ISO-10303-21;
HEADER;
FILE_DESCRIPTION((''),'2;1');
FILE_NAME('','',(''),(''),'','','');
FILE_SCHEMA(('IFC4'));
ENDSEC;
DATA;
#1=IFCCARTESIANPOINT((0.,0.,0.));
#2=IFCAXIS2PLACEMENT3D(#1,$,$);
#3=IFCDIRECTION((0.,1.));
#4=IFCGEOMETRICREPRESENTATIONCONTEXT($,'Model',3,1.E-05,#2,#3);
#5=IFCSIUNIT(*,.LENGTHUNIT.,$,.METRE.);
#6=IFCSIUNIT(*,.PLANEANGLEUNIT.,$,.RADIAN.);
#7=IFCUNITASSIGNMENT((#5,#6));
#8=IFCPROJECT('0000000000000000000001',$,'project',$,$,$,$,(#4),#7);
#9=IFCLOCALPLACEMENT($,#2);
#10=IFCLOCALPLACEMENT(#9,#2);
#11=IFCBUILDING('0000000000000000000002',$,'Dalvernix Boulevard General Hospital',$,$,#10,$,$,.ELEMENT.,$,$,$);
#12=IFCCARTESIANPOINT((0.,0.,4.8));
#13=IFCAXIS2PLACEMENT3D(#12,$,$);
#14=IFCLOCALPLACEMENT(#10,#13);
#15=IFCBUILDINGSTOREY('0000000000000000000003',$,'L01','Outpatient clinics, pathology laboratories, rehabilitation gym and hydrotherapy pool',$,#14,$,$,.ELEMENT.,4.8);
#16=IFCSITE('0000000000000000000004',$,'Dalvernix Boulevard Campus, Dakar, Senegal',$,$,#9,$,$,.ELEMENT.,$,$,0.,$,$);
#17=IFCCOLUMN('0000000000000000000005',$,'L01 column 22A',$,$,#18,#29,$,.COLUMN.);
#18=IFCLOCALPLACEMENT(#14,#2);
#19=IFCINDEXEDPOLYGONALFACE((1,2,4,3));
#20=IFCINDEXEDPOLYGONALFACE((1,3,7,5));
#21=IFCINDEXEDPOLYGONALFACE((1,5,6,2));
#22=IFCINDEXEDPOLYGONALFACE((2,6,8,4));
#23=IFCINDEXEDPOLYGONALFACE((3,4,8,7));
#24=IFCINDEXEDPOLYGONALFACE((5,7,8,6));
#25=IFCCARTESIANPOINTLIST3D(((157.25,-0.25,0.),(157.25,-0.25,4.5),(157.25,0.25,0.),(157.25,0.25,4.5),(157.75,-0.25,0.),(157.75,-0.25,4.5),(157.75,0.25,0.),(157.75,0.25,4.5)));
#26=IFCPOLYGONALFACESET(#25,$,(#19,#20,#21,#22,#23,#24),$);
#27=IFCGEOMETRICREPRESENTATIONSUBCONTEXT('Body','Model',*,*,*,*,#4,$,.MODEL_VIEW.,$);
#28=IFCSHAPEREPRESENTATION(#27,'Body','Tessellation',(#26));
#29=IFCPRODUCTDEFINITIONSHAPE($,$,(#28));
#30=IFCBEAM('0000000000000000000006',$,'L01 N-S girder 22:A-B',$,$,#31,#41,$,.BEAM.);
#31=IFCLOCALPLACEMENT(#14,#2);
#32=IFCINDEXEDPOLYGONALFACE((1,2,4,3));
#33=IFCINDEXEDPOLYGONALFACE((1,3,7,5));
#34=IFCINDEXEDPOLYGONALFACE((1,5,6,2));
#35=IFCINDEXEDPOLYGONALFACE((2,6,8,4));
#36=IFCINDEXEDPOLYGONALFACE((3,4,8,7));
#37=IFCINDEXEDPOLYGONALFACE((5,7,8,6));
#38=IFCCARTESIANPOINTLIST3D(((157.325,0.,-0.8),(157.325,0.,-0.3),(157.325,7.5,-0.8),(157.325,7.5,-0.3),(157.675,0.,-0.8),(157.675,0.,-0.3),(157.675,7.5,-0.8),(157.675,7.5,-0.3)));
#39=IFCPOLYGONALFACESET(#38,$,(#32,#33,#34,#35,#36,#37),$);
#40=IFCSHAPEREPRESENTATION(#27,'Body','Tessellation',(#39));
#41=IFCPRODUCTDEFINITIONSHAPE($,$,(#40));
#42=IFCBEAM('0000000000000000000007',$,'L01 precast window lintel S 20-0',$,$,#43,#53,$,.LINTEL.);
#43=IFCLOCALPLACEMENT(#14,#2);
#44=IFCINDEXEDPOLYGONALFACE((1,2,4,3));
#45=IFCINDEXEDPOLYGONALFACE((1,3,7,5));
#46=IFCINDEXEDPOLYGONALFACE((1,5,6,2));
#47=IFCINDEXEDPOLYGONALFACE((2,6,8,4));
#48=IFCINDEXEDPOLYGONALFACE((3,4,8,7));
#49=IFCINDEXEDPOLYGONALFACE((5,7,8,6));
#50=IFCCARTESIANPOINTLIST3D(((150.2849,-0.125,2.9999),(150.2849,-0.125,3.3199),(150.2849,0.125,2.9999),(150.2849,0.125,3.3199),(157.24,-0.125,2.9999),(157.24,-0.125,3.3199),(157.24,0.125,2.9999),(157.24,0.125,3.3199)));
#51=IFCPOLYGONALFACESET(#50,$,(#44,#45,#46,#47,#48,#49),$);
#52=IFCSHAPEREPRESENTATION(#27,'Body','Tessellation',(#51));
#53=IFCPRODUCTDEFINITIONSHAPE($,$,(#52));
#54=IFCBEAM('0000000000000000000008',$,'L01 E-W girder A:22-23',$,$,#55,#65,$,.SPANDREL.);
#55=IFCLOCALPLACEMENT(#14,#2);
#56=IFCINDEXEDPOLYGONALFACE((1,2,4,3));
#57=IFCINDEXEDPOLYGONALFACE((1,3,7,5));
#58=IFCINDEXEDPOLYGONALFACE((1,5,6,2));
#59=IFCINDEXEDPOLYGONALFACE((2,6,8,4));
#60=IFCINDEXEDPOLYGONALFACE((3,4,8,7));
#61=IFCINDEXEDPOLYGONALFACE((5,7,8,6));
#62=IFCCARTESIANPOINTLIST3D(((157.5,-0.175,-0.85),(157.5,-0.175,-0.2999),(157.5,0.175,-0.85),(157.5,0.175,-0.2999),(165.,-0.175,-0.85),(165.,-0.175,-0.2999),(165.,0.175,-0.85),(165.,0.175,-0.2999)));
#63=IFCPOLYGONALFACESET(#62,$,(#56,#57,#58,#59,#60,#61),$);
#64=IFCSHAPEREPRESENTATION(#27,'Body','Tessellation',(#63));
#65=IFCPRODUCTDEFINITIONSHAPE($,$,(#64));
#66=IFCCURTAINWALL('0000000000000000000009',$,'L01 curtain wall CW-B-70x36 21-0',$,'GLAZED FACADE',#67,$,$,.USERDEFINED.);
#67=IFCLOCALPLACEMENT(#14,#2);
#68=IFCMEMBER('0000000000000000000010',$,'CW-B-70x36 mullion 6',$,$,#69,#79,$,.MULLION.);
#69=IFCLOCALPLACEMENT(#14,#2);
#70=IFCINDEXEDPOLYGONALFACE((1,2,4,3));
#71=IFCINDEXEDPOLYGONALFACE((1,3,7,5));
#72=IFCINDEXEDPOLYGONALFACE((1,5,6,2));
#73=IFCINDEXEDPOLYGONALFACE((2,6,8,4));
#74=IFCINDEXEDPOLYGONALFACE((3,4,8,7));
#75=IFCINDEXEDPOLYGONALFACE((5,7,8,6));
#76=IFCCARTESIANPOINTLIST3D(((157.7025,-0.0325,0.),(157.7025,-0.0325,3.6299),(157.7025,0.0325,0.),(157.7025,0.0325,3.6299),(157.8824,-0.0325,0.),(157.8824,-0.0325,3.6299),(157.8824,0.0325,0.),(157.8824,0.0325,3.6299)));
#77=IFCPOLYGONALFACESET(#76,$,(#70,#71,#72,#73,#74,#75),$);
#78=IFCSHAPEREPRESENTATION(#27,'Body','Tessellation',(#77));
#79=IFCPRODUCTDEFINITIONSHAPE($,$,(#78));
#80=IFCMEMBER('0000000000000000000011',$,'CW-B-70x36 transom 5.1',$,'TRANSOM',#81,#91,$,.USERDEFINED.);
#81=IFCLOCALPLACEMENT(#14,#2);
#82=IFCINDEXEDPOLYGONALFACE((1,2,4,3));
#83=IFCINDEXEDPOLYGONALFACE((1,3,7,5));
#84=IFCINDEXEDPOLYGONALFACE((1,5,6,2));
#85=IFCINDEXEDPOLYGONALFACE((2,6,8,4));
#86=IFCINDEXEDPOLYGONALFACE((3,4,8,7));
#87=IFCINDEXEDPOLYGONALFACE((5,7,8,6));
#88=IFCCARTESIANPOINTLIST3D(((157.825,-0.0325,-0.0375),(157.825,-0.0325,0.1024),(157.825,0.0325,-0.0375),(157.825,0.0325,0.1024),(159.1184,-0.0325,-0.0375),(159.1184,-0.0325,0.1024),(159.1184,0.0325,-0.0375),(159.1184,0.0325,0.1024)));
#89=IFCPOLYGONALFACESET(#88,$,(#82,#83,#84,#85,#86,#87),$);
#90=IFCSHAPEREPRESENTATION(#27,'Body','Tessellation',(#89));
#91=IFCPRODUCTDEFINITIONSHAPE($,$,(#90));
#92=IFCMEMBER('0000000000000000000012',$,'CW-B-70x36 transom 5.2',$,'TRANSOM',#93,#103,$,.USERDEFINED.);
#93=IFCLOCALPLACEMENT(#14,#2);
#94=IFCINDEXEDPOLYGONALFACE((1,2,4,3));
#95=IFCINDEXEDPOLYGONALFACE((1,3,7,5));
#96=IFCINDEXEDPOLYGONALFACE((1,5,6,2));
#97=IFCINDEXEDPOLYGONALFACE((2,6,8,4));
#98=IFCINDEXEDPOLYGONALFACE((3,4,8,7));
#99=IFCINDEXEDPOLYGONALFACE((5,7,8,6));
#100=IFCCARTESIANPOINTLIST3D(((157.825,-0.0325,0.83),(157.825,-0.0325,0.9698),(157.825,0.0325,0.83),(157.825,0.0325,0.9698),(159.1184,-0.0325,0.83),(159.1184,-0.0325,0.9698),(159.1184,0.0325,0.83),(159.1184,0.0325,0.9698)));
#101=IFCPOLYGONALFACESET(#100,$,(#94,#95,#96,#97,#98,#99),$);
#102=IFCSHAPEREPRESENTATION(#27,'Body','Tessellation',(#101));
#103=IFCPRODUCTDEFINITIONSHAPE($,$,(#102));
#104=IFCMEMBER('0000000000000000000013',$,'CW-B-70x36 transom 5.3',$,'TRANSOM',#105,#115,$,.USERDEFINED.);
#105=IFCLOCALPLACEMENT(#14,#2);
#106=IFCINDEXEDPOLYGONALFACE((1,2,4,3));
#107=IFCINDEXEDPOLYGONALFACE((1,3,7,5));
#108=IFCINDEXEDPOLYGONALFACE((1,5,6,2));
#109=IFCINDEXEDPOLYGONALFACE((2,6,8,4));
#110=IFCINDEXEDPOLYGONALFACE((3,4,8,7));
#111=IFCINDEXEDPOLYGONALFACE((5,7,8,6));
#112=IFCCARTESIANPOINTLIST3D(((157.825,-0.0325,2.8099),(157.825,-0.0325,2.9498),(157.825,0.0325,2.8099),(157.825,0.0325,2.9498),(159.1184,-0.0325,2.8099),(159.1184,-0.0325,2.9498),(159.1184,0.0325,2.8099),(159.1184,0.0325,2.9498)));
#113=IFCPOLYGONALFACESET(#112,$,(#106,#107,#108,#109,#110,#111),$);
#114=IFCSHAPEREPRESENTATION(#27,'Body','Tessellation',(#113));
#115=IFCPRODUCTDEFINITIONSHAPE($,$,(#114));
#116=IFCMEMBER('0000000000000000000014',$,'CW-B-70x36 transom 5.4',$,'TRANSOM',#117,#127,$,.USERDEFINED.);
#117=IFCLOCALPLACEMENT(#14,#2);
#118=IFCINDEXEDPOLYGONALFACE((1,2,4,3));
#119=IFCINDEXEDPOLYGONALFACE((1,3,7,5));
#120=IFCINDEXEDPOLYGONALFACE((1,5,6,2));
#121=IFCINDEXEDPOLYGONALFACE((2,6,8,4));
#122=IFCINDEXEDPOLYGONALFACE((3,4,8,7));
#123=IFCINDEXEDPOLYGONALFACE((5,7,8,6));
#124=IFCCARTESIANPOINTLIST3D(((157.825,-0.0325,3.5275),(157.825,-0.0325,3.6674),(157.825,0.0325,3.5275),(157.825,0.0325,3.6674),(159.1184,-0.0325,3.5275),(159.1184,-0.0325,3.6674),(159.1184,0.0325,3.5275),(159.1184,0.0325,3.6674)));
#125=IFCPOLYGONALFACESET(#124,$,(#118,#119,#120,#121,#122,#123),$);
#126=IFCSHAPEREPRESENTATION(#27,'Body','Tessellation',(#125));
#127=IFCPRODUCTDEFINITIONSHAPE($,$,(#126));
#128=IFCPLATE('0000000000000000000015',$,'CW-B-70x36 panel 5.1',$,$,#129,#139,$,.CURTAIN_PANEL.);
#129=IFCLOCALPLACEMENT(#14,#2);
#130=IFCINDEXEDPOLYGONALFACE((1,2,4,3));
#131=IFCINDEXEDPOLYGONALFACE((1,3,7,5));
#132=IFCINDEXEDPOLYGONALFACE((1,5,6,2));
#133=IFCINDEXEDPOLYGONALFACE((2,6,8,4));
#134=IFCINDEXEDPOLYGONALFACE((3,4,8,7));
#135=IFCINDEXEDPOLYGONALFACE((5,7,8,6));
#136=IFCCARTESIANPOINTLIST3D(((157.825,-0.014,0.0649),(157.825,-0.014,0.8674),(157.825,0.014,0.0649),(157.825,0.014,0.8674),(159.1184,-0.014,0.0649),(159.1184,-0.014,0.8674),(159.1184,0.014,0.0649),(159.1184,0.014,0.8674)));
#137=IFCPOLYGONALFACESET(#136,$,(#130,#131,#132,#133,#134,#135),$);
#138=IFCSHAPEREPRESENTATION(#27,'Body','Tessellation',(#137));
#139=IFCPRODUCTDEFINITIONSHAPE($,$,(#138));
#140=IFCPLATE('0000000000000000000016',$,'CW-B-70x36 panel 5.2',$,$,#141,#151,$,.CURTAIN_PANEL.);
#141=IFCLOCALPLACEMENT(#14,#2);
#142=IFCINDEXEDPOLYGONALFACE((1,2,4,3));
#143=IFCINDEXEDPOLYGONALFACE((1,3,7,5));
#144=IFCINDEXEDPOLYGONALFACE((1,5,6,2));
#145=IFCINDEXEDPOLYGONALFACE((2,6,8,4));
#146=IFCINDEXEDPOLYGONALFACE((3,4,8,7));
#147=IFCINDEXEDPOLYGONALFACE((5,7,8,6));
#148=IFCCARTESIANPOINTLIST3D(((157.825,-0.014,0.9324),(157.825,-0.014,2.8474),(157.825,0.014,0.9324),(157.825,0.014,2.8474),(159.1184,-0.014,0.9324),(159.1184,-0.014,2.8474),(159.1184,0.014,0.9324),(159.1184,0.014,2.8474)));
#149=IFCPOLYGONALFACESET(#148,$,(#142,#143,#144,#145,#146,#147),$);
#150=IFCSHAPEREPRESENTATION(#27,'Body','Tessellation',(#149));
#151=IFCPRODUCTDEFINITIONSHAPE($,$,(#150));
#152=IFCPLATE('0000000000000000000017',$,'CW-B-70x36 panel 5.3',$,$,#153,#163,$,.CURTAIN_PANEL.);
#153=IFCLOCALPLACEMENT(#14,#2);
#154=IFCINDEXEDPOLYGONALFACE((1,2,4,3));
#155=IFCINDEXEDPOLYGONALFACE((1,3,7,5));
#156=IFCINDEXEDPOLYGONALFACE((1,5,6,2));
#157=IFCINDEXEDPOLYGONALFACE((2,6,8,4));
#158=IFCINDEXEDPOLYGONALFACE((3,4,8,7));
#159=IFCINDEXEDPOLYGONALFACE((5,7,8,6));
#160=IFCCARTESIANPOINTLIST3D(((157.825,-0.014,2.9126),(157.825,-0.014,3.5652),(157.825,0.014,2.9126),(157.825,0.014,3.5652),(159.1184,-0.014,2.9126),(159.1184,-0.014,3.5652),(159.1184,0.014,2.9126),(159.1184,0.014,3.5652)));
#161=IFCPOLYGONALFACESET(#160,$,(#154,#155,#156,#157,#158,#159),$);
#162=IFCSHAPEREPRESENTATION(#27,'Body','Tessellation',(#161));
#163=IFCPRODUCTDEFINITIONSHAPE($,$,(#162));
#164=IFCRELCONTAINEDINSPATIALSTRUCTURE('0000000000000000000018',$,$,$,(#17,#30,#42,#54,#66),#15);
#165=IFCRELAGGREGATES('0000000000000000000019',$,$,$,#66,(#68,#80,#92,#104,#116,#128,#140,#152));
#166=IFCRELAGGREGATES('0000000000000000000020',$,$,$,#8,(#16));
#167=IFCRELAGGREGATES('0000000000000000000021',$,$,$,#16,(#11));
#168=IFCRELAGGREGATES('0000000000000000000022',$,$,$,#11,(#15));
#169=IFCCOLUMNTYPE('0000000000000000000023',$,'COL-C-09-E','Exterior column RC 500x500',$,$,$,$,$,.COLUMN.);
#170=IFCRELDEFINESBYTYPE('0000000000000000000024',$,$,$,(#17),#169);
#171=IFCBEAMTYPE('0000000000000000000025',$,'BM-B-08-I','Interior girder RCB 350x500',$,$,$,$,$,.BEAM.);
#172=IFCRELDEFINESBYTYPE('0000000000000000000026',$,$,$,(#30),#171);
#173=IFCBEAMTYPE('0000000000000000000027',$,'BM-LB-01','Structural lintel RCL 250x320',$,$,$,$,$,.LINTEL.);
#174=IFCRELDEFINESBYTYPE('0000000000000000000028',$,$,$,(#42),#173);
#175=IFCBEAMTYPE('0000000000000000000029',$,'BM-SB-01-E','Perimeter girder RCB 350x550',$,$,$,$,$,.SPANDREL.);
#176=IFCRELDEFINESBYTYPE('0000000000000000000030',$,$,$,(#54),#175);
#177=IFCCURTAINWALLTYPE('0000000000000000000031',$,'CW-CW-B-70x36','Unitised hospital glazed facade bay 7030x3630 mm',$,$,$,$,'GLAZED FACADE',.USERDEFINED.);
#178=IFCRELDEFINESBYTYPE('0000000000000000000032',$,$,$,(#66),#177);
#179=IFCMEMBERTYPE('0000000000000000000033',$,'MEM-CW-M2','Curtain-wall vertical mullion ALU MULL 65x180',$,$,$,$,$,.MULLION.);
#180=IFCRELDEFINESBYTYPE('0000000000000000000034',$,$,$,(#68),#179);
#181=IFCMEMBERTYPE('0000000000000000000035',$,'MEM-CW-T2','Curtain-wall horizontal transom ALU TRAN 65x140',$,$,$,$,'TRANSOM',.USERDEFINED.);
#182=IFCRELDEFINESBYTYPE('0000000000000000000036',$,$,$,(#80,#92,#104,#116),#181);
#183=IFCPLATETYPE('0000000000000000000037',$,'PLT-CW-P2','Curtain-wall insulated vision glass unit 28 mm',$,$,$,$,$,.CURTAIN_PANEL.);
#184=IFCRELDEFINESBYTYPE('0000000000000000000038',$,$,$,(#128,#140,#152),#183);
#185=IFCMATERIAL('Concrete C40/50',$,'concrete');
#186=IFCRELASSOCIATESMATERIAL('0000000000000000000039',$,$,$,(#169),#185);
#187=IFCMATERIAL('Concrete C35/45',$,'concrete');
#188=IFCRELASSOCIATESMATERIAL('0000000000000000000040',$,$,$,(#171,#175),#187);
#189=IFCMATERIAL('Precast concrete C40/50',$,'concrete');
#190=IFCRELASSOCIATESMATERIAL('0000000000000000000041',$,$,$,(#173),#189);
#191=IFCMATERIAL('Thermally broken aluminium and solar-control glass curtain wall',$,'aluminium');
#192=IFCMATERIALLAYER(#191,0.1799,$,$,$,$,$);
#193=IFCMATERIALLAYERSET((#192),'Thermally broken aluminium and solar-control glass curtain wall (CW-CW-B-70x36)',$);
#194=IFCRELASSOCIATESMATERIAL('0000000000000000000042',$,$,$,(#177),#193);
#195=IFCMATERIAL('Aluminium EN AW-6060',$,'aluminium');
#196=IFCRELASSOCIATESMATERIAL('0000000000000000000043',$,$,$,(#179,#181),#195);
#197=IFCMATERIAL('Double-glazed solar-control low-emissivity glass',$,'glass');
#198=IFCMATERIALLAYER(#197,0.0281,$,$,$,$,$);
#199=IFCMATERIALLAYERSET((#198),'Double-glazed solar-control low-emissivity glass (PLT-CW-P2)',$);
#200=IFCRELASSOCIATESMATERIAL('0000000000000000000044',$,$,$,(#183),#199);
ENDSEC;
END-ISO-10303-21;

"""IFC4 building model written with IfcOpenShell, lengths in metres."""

from ifc_helpers import new_model, si_unit, direction, frame, origin, origin_2d, place, context, subcontext, project, spatial, rectangle, extrude, material, layer, layer_set, material_profile, profile_set, type_object, element, aggregate, save


model = new_model("IFC4")

# Units and contexts
model_context = context("Model", 3, precision=1e-05, world=origin(), true_north=direction((0.0, 1.0)))
body_context = subcontext(model_context, "Body", "Model", "MODEL_VIEW")
ifc_project = project(units=[si_unit("LENGTHUNIT", "METRE"), si_unit("PLANEANGLEUNIT", "RADIAN")], contexts=[model_context])

# Site, building, storey
site_placement = place(None, origin())
site = spatial("IfcSite", under=ifc_project, at=site_placement, Name="Dalvernix Boulevard Campus, Dakar, Senegal", CompositionType="ELEMENT", RefElevation=0.0)
building_placement = place(site_placement, origin())
building = spatial("IfcBuilding", under=site, at=building_placement, Name="Dalvernix Boulevard General Hospital", CompositionType="ELEMENT")
storey_placement = place(building_placement, frame((0.0, 0.0, 4.8)))
storey = spatial("IfcBuildingStorey", under=building, at=storey_placement, Name="L01", Description="Outpatient clinics, pathology laboratories, rehabilitation gym and hydrotherapy pool", CompositionType="ELEMENT", Elevation=4.8)

# Column
ifc_material_1 = material(Name="Concrete C40/50", Category="concrete")
ifc_material_profile_1 = material_profile(ifc_material_1, rectangle(XDim=0.5, YDim=0.5, at=origin_2d()), Name="RC 500x500")
ifc_profile_set_1 = profile_set([ifc_material_profile_1], Name="Concrete C40/50")
column_type = type_object("IfcColumnType", Name="COL-C-09-E", Description="Exterior column RC 500x500", PredefinedType="COLUMN", material=ifc_profile_set_1)
column_placement = place(storey_placement, frame((157.5, 0.0, 0.0), z_axis=(0.0, 0.0, 1.0), x_axis=(1.0, 0.0, 0.0)))
element("IfcColumn", 1, at=column_placement, inside=storey, type_object=column_type, Name="L01 column 22A", PredefinedType="COLUMN", context=body_context, shape_type="SweptSolid", body=[
    extrude(rectangle(XDim=0.5, YDim=0.5, at=origin_2d()), origin(), (0.0, 0.0, 1.0), 4.5),
])

# Beams
ifc_material_2 = material(Name="Concrete C35/45", Category="concrete")
ifc_material_profile_2 = material_profile(ifc_material_2, rectangle(XDim=0.3501, YDim=0.5, at=origin_2d()), Name="RCB 350x500")
ifc_profile_set_2 = profile_set([ifc_material_profile_2], Name="Concrete C35/45")
beam_type_1 = type_object("IfcBeamType", Name="BM-B-08-I", Description="Interior girder RCB 350x500", PredefinedType="BEAM", material=ifc_profile_set_2)
beam_1_placement = place(storey_placement, frame((157.5, 0.0, -0.55), z_axis=(0.0, 1.0, 0.0), x_axis=(-1.0, 0.0, 0.0)))
element("IfcBeam", 2, at=beam_1_placement, inside=storey, type_object=beam_type_1, Name="L01 N-S girder 22:A-B", PredefinedType="BEAM", context=body_context, shape_type="SweptSolid", body=[
    extrude(rectangle(XDim=0.3501, YDim=0.5, at=origin_2d()), origin(), (0.0, 0.0, 1.0), 7.5),
])
ifc_material_3 = material(Name="Precast concrete C40/50", Category="concrete")
ifc_material_profile_3 = material_profile(ifc_material_3, rectangle(XDim=0.25, YDim=0.3201, at=origin_2d()), Name="RCL 250x320")
ifc_profile_set_3 = profile_set([ifc_material_profile_3], Name="Precast concrete C40/50")
beam_type_2 = type_object("IfcBeamType", Name="BM-LB-01", Description="Structural lintel RCL 250x320", PredefinedType="LINTEL", material=ifc_profile_set_3)
beam_2_placement = place(storey_placement, frame((157.24, 0.0, 3.1599), z_axis=(-1.0, 0.0, 0.0), x_axis=(0.0, -1.0, 0.0)))
element("IfcBeam", 3, at=beam_2_placement, inside=storey, type_object=beam_type_2, Name="L01 precast window lintel S 20-0", PredefinedType="LINTEL", context=body_context, shape_type="SweptSolid", body=[
    extrude(rectangle(XDim=0.25, YDim=0.3201, at=origin_2d()), origin(), (0.0, 0.0, 1.0), 6.9551),
])
ifc_material_profile_4 = material_profile(ifc_material_2, rectangle(XDim=0.3501, YDim=0.55, at=origin_2d()), Name="RCB 350x550")
ifc_profile_set_4 = profile_set([ifc_material_profile_4], Name="Concrete C35/45")
beam_type_3 = type_object("IfcBeamType", Name="BM-SB-01-E", Description="Perimeter girder RCB 350x550", PredefinedType="SPANDREL", material=ifc_profile_set_4)
beam_3_placement = place(storey_placement, frame((157.5, 0.0, -0.575), z_axis=(1.0, 0.0, 0.0), x_axis=(0.0, 1.0, 0.0)))
element("IfcBeam", 4, at=beam_3_placement, inside=storey, type_object=beam_type_3, Name="L01 E-W girder A:22-23", PredefinedType="SPANDREL", context=body_context, shape_type="SweptSolid", body=[
    extrude(rectangle(XDim=0.3501, YDim=0.55, at=origin_2d()), origin(), (0.0, 0.0, 1.0), 7.5),
])

# Curtain wall, members, plates
ifc_material_4 = material(Name="Thermally broken aluminium and solar-control glass curtain wall", Category="aluminium")
ifc_layer_1 = layer(ifc_material_4, 0.1799)
ifc_layer_set_1 = layer_set([ifc_layer_1], Name="Thermally broken aluminium and solar-control glass curtain wall (CW-CW-B-70x36)")
curtain_wall_type = type_object("IfcCurtainWallType", Name="CW-CW-B-70x36", Description="Unitised hospital glazed facade bay 7030x3630 mm", ElementType="GLAZED FACADE", PredefinedType="USERDEFINED", material=ifc_layer_set_1)
curtain_wall_placement = place(storey_placement, origin())
curtain_wall = element("IfcCurtainWall", 5, at=curtain_wall_placement, inside=storey, type_object=curtain_wall_type, Name="L01 curtain wall CW-B-70x36 21-0", ObjectType="GLAZED FACADE", PredefinedType="USERDEFINED")
ifc_material_5 = material(Name="Aluminium EN AW-6060", Category="aluminium")
ifc_material_profile_5 = material_profile(ifc_material_5, rectangle(XDim=0.0649, YDim=0.1799, at=origin_2d()), Name="ALU MULL 65x180")
ifc_profile_set_5 = profile_set([ifc_material_profile_5], Name="Aluminium EN AW-6060")
member_type_1 = type_object("IfcMemberType", Name="MEM-CW-M2", Description="Curtain-wall vertical mullion ALU MULL 65x180", PredefinedType="MULLION", material=ifc_profile_set_5)
member_1_placement = place(storey_placement, frame((157.7925, 0.0, 0.0), z_axis=(0.0, 0.0, 1.0), x_axis=(0.0, -1.0, 0.0)))
member_1 = element("IfcMember", 6, at=member_1_placement, type_object=member_type_1, Name="CW-B-70x36 mullion 6", PredefinedType="MULLION", context=body_context, shape_type="SweptSolid", body=[
    extrude(rectangle(XDim=0.0649, YDim=0.1799, at=origin_2d()), origin(), (0.0, 0.0, 1.0), 3.6299),
])
ifc_material_profile_6 = material_profile(ifc_material_5, rectangle(XDim=0.0649, YDim=0.1399, at=origin_2d()), Name="ALU TRAN 65x140")
ifc_profile_set_6 = profile_set([ifc_material_profile_6], Name="Aluminium EN AW-6060")
member_type_2 = type_object("IfcMemberType", Name="MEM-CW-T2", Description="Curtain-wall horizontal transom ALU TRAN 65x140", ElementType="TRANSOM", PredefinedType="USERDEFINED", material=ifc_profile_set_6)
member_2_placement = place(storey_placement, frame((159.1184, 0.0, 0.0325), z_axis=(-1.0, 0.0, 0.0), x_axis=(0.0, -1.0, 0.0)))
member_2 = element("IfcMember", 7, at=member_2_placement, type_object=member_type_2, Name="CW-B-70x36 transom 5.1", ObjectType="TRANSOM", PredefinedType="USERDEFINED", context=body_context, shape_type="SweptSolid", body=[
    extrude(rectangle(XDim=0.0649, YDim=0.1399, at=origin_2d()), origin(), (0.0, 0.0, 1.0), 1.2935),
])
member_3_placement = place(storey_placement, frame((159.1184, 0.0, 0.8999), z_axis=(-1.0, 0.0, 0.0), x_axis=(0.0, -1.0, 0.0)))
member_3 = element("IfcMember", 8, at=member_3_placement, type_object=member_type_2, Name="CW-B-70x36 transom 5.2", ObjectType="TRANSOM", PredefinedType="USERDEFINED", context=body_context, shape_type="SweptSolid", body=[
    extrude(rectangle(XDim=0.0649, YDim=0.1399, at=origin_2d()), origin(), (0.0, 0.0, 1.0), 1.2935),
])
member_4_placement = place(storey_placement, frame((159.1184, 0.0, 2.8799), z_axis=(-1.0, 0.0, 0.0), x_axis=(0.0, -1.0, 0.0)))
member_4 = element("IfcMember", 9, at=member_4_placement, type_object=member_type_2, Name="CW-B-70x36 transom 5.3", ObjectType="TRANSOM", PredefinedType="USERDEFINED", context=body_context, shape_type="SweptSolid", body=[
    extrude(rectangle(XDim=0.0649, YDim=0.1399, at=origin_2d()), origin(), (0.0, 0.0, 1.0), 1.2935),
])
member_5_placement = place(storey_placement, frame((159.1184, 0.0, 3.5974), z_axis=(-1.0, 0.0, 0.0), x_axis=(0.0, -1.0, 0.0)))
member_5 = element("IfcMember", 10, at=member_5_placement, type_object=member_type_2, Name="CW-B-70x36 transom 5.4", ObjectType="TRANSOM", PredefinedType="USERDEFINED", context=body_context, shape_type="SweptSolid", body=[
    extrude(rectangle(XDim=0.0649, YDim=0.1399, at=origin_2d()), origin(), (0.0, 0.0, 1.0), 1.2935),
])
ifc_material_6 = material(Name="Double-glazed solar-control low-emissivity glass", Category="glass")
ifc_layer_2 = layer(ifc_material_6, 0.0281)
ifc_layer_set_2 = layer_set([ifc_layer_2], Name="Double-glazed solar-control low-emissivity glass (PLT-CW-P2)")
plate_type = type_object("IfcPlateType", Name="PLT-CW-P2", Description="Curtain-wall insulated vision glass unit 28 mm", PredefinedType="CURTAIN_PANEL", material=ifc_layer_set_2)
plate_1_placement = place(storey_placement, frame((158.4717, 0.0, 0.0649), z_axis=(0.0, 0.0, 1.0), x_axis=(-1.0, 0.0, 0.0)))
plate_1 = element("IfcPlate", 11, at=plate_1_placement, type_object=plate_type, Name="CW-B-70x36 panel 5.1", PredefinedType="CURTAIN_PANEL", context=body_context, shape_type="SweptSolid", body=[
    extrude(rectangle(XDim=1.2935, YDim=0.0281, at=origin_2d()), origin(), (0.0, 0.0, 1.0), 0.8025),
])
plate_2_placement = place(storey_placement, frame((158.4717, 0.0, 0.9324), z_axis=(0.0, 0.0, 1.0), x_axis=(-1.0, 0.0, 0.0)))
plate_2 = element("IfcPlate", 12, at=plate_2_placement, type_object=plate_type, Name="CW-B-70x36 panel 5.2", PredefinedType="CURTAIN_PANEL", context=body_context, shape_type="SweptSolid", body=[
    extrude(rectangle(XDim=1.2935, YDim=0.0281, at=origin_2d()), origin(), (0.0, 0.0, 1.0), 1.915),
])
plate_3_placement = place(storey_placement, frame((158.4717, 0.0, 2.9126), z_axis=(0.0, 0.0, 1.0), x_axis=(-1.0, 0.0, 0.0)))
plate_3 = element("IfcPlate", 13, at=plate_3_placement, type_object=plate_type, Name="CW-B-70x36 panel 5.3", PredefinedType="CURTAIN_PANEL", context=body_context, shape_type="SweptSolid", body=[
    extrude(rectangle(XDim=1.2935, YDim=0.0281, at=origin_2d()), origin(), (0.0, 0.0, 1.0), 0.6526),
])
aggregate(curtain_wall, [member_1, member_2, member_3, member_4, member_5, plate_1, plate_2, plate_3])

save(model, "model.ifc")
